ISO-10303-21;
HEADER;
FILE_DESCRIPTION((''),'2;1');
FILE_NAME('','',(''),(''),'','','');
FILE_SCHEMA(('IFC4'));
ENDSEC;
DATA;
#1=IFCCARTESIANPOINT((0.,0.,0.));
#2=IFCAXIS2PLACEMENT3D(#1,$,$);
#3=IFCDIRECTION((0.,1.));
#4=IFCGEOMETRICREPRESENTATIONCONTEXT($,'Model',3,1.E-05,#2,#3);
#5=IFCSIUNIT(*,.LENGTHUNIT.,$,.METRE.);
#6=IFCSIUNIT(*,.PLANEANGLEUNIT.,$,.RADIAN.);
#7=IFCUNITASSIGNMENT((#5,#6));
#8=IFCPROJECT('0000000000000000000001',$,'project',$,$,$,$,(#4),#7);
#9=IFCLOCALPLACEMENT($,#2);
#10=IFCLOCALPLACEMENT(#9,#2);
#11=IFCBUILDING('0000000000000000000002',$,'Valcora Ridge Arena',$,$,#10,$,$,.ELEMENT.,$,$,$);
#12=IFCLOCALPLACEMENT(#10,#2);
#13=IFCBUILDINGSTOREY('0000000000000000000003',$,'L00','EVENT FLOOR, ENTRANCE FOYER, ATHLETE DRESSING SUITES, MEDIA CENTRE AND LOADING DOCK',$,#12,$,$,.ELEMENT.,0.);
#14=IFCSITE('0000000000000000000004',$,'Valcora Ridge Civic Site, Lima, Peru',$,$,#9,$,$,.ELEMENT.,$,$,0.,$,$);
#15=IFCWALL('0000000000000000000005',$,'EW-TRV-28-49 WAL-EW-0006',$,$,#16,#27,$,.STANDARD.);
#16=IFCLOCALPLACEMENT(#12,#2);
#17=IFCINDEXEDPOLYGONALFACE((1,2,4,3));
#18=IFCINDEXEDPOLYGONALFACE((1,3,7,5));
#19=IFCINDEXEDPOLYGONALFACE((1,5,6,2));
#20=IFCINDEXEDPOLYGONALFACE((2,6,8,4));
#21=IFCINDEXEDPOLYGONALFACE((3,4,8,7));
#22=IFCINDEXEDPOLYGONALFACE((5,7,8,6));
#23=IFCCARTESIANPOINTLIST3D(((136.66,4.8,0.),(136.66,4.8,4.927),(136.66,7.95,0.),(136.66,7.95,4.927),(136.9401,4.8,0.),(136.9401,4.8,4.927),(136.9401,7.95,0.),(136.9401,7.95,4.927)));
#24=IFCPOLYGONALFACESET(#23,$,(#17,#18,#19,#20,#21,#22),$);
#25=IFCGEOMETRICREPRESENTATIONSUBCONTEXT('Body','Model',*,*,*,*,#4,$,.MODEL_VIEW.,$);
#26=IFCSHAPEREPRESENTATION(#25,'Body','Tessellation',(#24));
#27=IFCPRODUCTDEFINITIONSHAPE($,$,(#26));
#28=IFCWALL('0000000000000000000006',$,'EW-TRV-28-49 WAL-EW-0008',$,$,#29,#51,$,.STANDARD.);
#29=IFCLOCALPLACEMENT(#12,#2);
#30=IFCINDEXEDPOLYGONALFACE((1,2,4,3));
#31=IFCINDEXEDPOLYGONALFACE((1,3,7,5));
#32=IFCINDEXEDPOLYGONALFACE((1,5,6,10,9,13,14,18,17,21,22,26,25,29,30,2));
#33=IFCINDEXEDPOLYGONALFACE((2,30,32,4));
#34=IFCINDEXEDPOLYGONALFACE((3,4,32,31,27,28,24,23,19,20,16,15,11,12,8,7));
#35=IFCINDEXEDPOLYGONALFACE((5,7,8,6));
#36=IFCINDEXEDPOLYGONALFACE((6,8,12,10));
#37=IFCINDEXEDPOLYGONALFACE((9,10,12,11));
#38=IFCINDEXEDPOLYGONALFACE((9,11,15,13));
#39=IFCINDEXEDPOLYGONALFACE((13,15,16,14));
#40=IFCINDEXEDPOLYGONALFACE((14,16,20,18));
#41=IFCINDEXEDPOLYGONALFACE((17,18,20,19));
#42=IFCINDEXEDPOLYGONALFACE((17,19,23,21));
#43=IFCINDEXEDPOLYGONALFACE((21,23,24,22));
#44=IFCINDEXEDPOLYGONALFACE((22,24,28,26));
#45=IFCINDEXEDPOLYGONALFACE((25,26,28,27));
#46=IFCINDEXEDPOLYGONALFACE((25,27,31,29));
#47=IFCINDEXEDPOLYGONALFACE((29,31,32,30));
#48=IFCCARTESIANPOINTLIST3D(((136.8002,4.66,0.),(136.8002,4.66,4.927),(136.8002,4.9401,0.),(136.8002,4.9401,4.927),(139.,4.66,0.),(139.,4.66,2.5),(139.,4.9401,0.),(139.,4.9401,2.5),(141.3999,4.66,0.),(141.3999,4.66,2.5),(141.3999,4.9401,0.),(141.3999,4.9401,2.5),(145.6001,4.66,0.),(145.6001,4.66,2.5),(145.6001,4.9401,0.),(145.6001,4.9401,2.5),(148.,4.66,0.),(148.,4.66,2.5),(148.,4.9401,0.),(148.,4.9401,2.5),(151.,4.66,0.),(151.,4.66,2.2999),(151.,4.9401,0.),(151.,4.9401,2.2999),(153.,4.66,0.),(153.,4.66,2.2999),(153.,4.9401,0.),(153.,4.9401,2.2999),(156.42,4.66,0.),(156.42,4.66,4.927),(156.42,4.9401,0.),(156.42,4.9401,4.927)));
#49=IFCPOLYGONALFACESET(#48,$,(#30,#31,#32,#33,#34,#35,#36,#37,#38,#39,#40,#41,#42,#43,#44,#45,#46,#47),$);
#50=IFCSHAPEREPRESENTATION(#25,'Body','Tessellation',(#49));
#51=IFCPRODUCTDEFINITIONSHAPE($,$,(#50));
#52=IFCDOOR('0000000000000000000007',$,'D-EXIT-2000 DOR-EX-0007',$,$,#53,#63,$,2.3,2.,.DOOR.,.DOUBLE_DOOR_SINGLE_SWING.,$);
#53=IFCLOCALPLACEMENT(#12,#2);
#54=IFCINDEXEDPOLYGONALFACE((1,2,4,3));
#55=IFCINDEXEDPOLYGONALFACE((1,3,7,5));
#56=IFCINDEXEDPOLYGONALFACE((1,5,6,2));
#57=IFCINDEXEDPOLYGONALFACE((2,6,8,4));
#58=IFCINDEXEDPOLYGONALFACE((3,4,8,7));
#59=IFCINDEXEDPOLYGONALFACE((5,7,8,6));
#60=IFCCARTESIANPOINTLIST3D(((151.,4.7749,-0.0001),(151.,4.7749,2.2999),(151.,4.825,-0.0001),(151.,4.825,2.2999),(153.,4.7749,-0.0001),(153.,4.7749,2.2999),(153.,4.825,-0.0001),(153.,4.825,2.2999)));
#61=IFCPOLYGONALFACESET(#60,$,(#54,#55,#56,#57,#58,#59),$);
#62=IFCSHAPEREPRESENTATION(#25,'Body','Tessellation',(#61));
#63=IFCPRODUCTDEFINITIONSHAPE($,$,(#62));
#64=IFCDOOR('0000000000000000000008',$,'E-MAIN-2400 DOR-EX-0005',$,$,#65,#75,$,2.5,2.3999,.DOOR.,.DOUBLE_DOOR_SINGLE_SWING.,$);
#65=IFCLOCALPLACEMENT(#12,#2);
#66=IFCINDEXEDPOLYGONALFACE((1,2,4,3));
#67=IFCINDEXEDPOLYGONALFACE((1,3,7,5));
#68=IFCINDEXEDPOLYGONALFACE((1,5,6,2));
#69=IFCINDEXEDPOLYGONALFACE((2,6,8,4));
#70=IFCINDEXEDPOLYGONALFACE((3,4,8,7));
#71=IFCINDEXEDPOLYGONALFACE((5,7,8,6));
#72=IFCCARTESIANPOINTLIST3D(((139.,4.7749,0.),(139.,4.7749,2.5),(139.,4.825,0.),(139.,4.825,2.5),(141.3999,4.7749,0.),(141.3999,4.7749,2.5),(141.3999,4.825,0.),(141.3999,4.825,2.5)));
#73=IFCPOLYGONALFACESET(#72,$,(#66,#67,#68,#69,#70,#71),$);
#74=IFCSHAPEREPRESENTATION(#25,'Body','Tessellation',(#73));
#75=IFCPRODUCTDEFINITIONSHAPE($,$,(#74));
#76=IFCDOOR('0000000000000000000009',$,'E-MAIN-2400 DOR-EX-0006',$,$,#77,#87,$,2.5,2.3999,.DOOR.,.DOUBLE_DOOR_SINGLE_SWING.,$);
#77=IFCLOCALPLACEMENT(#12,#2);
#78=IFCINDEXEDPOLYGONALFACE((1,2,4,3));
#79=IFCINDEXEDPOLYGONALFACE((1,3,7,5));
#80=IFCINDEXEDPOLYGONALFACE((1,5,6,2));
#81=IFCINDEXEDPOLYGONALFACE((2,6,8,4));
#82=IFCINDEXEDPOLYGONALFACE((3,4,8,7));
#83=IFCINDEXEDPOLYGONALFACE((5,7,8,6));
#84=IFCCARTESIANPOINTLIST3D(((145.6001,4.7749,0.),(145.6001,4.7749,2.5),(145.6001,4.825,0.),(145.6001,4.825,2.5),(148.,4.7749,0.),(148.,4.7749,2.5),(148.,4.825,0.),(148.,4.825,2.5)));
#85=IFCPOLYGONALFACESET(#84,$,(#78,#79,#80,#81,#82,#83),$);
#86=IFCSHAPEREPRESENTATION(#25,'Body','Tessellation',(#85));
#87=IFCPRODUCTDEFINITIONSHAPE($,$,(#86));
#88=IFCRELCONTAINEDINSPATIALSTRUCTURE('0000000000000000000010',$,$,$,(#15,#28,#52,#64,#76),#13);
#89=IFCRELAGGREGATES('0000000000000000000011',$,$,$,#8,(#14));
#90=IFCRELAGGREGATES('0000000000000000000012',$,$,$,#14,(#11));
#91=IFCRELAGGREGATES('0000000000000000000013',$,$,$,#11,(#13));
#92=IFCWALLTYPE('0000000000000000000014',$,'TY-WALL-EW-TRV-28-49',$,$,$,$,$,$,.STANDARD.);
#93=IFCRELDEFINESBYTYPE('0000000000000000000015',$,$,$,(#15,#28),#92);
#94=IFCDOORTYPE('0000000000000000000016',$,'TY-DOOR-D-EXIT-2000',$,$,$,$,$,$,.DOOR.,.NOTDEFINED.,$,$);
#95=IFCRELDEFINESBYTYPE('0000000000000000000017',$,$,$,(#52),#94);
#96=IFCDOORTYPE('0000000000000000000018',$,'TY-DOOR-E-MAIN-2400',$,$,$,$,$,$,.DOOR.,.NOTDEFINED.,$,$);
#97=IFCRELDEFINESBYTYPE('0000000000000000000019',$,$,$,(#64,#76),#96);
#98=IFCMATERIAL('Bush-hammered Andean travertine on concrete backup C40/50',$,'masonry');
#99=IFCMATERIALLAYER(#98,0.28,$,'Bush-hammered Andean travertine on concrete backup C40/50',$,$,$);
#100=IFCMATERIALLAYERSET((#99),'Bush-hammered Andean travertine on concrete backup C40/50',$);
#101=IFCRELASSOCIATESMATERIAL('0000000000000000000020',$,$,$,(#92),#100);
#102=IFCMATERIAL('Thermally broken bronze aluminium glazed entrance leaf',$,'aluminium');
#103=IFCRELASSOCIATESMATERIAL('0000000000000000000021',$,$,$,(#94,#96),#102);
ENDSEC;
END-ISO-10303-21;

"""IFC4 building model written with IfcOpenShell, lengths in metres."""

from ifc_helpers import new_model, si_unit, direction, frame, frame_2d, origin, place, context, subcontext, project, spatial, rectangle, extrude, material, layer, layer_set, type_object, element, fill, save


model = new_model("IFC4")

# Units and contexts
model_context = context("Model", 3, precision=1e-05, world=origin(), true_north=direction((0.0, 1.0)))
body_context = subcontext(model_context, "Body", "Model", "MODEL_VIEW")
ifc_project = project(units=[si_unit("LENGTHUNIT", "METRE"), si_unit("PLANEANGLEUNIT", "RADIAN")], contexts=[model_context])

# Site, building, storey
site_placement = place(None, origin())
site = spatial("IfcSite", under=ifc_project, at=site_placement, Name="Valcora Ridge Civic Site, Lima, Peru", CompositionType="ELEMENT", RefElevation=0.0)
building_placement = place(site_placement, origin())
building = spatial("IfcBuilding", under=site, at=building_placement, Name="Valcora Ridge Arena", CompositionType="ELEMENT")
storey_placement = place(building_placement, origin())
storey = spatial("IfcBuildingStorey", under=building, at=storey_placement, Name="L00", Description="EVENT FLOOR, ENTRANCE FOYER, ATHLETE DRESSING SUITES, MEDIA CENTRE AND LOADING DOCK", CompositionType="ELEMENT", Elevation=0.0)

# Wall
ifc_material_1 = material(Name="Bush-hammered Andean travertine on concrete backup C40/50", Category="masonry")
ifc_layer_1 = layer(ifc_material_1, 0.28, Name="Bush-hammered Andean travertine on concrete backup C40/50")
ifc_layer_set_1 = layer_set([ifc_layer_1], Name="Bush-hammered Andean travertine on concrete backup C40/50")
wall_type = type_object("IfcWallType", Name="TY-WALL-EW-TRV-28-49", PredefinedType="STANDARD", material=ifc_layer_set_1)
wall_1_placement = place(storey_placement, frame((136.8, 4.8, 0.0), z_axis=(0.0, 0.0, 1.0), x_axis=(0.0, 1.0, 0.0)))
element("IfcWall", 1, at=wall_1_placement, inside=storey, type_object=wall_type, Name="EW-TRV-28-49 WAL-EW-0006", PredefinedType="STANDARD", context=body_context, shape_type="SweptSolid", body=[
    extrude(rectangle(XDim=3.1499, YDim=0.28, at=frame_2d((1.575, 0.0))), origin(), (0.0, 0.0, 1.0), 4.927),
])

# Wall, openings, doors
wall_2_placement = place(storey_placement, frame((136.8, 4.8, 0.0), z_axis=(0.0, 0.0, 1.0), x_axis=(1.0, 0.0, 0.0)))
wall_2 = element("IfcWall", 2, at=wall_2_placement, inside=storey, type_object=wall_type, Name="EW-TRV-28-49 WAL-EW-0008", PredefinedType="STANDARD", context=body_context, shape_type="SweptSolid", body=[
    extrude(rectangle(XDim=19.6199, YDim=0.28, at=frame_2d((9.8101, 0.0))), origin(), (0.0, 0.0, 1.0), 4.927),
])
opening_1_placement = place(wall_2_placement, frame((2.2, 0.0, 0.0)))
opening_1 = element("IfcOpeningElement", 3, at=opening_1_placement, cuts=wall_2, PredefinedType="OPENING", context=body_context, shape_type="SweptSolid", body=[
    extrude(rectangle(XDim=2.3999, YDim=2.5, at=frame_2d((1.2, 1.25))), frame((0.0, 0.1499, 0.0), z_axis=(0.0, -1.0, 0.0), x_axis=(1.0, 0.0, 0.0)), (0.0, 0.0, 1.0), 0.3),
])
opening_2_placement = place(wall_2_placement, frame((8.8, 0.0, 0.0)))
opening_2 = element("IfcOpeningElement", 4, at=opening_2_placement, cuts=wall_2, PredefinedType="OPENING", context=body_context, shape_type="SweptSolid", body=[
    extrude(rectangle(XDim=2.3999, YDim=2.5, at=frame_2d((1.2, 1.25))), frame((0.0, 0.1499, 0.0), z_axis=(0.0, -1.0, 0.0), x_axis=(1.0, 0.0, 0.0)), (0.0, 0.0, 1.0), 0.3),
])
opening_3_placement = place(wall_2_placement, frame((14.2, 0.0, 0.0)))
opening_3 = element("IfcOpeningElement", 5, at=opening_3_placement, cuts=wall_2, PredefinedType="OPENING", context=body_context, shape_type="SweptSolid", body=[
    extrude(rectangle(XDim=2.0, YDim=2.3, at=frame_2d((1.0, 1.1499))), frame((0.0, 0.1499, 0.0), z_axis=(0.0, -1.0, 0.0), x_axis=(1.0, 0.0, 0.0)), (0.0, 0.0, 1.0), 0.3),
])
ifc_material_2 = material(Name="Thermally broken bronze aluminium glazed entrance leaf", Category="aluminium")
door_type_1 = type_object("IfcDoorType", Name="TY-DOOR-D-EXIT-2000", OperationType="NOTDEFINED", PredefinedType="DOOR", material=ifc_material_2)
door_1_placement = place(opening_3_placement, origin())
door_1 = element("IfcDoor", 6, at=door_1_placement, inside=storey, type_object=door_type_1, Name="D-EXIT-2000 DOR-EX-0007", OperationType="DOUBLE_DOOR_SINGLE_SWING", OverallHeight=2.3, OverallWidth=2.0, PredefinedType="DOOR", context=body_context, shape_type="SweptSolid", body=[
    extrude(rectangle(XDim=2.0, YDim=2.3, at=frame_2d((1.0, 1.1499))), frame((0.0, 0.0249, 0.0), z_axis=(0.0, -1.0, 0.0), x_axis=(1.0, 0.0, 0.0)), (0.0, 0.0, 1.0), 0.05),
])
fill(opening_3, door_1)
door_type_2 = type_object("IfcDoorType", Name="TY-DOOR-E-MAIN-2400", OperationType="NOTDEFINED", PredefinedType="DOOR", material=ifc_material_2)
door_2_placement = place(opening_1_placement, origin())
door_2 = element("IfcDoor", 7, at=door_2_placement, inside=storey, type_object=door_type_2, Name="E-MAIN-2400 DOR-EX-0005", OperationType="DOUBLE_DOOR_SINGLE_SWING", OverallHeight=2.5, OverallWidth=2.3999, PredefinedType="DOOR", context=body_context, shape_type="SweptSolid", body=[
    extrude(rectangle(XDim=2.3999, YDim=2.5, at=frame_2d((1.2, 1.25))), frame((0.0, 0.0249, 0.0), z_axis=(0.0, -1.0, 0.0), x_axis=(1.0, 0.0, 0.0)), (0.0, 0.0, 1.0), 0.05),
])
fill(opening_1, door_2)
door_3_placement = place(opening_2_placement, origin())
door_3 = element("IfcDoor", 8, at=door_3_placement, inside=storey, type_object=door_type_2, Name="E-MAIN-2400 DOR-EX-0006", OperationType="DOUBLE_DOOR_SINGLE_SWING", OverallHeight=2.5, OverallWidth=2.3999, PredefinedType="DOOR", context=body_context, shape_type="SweptSolid", body=[
    extrude(rectangle(XDim=2.3999, YDim=2.5, at=frame_2d((1.2, 1.25))), frame((0.0, 0.0249, 0.0), z_axis=(0.0, -1.0, 0.0), x_axis=(1.0, 0.0, 0.0)), (0.0, 0.0, 1.0), 0.05),
])
fill(opening_2, door_3)

save(model, "model.ifc")
